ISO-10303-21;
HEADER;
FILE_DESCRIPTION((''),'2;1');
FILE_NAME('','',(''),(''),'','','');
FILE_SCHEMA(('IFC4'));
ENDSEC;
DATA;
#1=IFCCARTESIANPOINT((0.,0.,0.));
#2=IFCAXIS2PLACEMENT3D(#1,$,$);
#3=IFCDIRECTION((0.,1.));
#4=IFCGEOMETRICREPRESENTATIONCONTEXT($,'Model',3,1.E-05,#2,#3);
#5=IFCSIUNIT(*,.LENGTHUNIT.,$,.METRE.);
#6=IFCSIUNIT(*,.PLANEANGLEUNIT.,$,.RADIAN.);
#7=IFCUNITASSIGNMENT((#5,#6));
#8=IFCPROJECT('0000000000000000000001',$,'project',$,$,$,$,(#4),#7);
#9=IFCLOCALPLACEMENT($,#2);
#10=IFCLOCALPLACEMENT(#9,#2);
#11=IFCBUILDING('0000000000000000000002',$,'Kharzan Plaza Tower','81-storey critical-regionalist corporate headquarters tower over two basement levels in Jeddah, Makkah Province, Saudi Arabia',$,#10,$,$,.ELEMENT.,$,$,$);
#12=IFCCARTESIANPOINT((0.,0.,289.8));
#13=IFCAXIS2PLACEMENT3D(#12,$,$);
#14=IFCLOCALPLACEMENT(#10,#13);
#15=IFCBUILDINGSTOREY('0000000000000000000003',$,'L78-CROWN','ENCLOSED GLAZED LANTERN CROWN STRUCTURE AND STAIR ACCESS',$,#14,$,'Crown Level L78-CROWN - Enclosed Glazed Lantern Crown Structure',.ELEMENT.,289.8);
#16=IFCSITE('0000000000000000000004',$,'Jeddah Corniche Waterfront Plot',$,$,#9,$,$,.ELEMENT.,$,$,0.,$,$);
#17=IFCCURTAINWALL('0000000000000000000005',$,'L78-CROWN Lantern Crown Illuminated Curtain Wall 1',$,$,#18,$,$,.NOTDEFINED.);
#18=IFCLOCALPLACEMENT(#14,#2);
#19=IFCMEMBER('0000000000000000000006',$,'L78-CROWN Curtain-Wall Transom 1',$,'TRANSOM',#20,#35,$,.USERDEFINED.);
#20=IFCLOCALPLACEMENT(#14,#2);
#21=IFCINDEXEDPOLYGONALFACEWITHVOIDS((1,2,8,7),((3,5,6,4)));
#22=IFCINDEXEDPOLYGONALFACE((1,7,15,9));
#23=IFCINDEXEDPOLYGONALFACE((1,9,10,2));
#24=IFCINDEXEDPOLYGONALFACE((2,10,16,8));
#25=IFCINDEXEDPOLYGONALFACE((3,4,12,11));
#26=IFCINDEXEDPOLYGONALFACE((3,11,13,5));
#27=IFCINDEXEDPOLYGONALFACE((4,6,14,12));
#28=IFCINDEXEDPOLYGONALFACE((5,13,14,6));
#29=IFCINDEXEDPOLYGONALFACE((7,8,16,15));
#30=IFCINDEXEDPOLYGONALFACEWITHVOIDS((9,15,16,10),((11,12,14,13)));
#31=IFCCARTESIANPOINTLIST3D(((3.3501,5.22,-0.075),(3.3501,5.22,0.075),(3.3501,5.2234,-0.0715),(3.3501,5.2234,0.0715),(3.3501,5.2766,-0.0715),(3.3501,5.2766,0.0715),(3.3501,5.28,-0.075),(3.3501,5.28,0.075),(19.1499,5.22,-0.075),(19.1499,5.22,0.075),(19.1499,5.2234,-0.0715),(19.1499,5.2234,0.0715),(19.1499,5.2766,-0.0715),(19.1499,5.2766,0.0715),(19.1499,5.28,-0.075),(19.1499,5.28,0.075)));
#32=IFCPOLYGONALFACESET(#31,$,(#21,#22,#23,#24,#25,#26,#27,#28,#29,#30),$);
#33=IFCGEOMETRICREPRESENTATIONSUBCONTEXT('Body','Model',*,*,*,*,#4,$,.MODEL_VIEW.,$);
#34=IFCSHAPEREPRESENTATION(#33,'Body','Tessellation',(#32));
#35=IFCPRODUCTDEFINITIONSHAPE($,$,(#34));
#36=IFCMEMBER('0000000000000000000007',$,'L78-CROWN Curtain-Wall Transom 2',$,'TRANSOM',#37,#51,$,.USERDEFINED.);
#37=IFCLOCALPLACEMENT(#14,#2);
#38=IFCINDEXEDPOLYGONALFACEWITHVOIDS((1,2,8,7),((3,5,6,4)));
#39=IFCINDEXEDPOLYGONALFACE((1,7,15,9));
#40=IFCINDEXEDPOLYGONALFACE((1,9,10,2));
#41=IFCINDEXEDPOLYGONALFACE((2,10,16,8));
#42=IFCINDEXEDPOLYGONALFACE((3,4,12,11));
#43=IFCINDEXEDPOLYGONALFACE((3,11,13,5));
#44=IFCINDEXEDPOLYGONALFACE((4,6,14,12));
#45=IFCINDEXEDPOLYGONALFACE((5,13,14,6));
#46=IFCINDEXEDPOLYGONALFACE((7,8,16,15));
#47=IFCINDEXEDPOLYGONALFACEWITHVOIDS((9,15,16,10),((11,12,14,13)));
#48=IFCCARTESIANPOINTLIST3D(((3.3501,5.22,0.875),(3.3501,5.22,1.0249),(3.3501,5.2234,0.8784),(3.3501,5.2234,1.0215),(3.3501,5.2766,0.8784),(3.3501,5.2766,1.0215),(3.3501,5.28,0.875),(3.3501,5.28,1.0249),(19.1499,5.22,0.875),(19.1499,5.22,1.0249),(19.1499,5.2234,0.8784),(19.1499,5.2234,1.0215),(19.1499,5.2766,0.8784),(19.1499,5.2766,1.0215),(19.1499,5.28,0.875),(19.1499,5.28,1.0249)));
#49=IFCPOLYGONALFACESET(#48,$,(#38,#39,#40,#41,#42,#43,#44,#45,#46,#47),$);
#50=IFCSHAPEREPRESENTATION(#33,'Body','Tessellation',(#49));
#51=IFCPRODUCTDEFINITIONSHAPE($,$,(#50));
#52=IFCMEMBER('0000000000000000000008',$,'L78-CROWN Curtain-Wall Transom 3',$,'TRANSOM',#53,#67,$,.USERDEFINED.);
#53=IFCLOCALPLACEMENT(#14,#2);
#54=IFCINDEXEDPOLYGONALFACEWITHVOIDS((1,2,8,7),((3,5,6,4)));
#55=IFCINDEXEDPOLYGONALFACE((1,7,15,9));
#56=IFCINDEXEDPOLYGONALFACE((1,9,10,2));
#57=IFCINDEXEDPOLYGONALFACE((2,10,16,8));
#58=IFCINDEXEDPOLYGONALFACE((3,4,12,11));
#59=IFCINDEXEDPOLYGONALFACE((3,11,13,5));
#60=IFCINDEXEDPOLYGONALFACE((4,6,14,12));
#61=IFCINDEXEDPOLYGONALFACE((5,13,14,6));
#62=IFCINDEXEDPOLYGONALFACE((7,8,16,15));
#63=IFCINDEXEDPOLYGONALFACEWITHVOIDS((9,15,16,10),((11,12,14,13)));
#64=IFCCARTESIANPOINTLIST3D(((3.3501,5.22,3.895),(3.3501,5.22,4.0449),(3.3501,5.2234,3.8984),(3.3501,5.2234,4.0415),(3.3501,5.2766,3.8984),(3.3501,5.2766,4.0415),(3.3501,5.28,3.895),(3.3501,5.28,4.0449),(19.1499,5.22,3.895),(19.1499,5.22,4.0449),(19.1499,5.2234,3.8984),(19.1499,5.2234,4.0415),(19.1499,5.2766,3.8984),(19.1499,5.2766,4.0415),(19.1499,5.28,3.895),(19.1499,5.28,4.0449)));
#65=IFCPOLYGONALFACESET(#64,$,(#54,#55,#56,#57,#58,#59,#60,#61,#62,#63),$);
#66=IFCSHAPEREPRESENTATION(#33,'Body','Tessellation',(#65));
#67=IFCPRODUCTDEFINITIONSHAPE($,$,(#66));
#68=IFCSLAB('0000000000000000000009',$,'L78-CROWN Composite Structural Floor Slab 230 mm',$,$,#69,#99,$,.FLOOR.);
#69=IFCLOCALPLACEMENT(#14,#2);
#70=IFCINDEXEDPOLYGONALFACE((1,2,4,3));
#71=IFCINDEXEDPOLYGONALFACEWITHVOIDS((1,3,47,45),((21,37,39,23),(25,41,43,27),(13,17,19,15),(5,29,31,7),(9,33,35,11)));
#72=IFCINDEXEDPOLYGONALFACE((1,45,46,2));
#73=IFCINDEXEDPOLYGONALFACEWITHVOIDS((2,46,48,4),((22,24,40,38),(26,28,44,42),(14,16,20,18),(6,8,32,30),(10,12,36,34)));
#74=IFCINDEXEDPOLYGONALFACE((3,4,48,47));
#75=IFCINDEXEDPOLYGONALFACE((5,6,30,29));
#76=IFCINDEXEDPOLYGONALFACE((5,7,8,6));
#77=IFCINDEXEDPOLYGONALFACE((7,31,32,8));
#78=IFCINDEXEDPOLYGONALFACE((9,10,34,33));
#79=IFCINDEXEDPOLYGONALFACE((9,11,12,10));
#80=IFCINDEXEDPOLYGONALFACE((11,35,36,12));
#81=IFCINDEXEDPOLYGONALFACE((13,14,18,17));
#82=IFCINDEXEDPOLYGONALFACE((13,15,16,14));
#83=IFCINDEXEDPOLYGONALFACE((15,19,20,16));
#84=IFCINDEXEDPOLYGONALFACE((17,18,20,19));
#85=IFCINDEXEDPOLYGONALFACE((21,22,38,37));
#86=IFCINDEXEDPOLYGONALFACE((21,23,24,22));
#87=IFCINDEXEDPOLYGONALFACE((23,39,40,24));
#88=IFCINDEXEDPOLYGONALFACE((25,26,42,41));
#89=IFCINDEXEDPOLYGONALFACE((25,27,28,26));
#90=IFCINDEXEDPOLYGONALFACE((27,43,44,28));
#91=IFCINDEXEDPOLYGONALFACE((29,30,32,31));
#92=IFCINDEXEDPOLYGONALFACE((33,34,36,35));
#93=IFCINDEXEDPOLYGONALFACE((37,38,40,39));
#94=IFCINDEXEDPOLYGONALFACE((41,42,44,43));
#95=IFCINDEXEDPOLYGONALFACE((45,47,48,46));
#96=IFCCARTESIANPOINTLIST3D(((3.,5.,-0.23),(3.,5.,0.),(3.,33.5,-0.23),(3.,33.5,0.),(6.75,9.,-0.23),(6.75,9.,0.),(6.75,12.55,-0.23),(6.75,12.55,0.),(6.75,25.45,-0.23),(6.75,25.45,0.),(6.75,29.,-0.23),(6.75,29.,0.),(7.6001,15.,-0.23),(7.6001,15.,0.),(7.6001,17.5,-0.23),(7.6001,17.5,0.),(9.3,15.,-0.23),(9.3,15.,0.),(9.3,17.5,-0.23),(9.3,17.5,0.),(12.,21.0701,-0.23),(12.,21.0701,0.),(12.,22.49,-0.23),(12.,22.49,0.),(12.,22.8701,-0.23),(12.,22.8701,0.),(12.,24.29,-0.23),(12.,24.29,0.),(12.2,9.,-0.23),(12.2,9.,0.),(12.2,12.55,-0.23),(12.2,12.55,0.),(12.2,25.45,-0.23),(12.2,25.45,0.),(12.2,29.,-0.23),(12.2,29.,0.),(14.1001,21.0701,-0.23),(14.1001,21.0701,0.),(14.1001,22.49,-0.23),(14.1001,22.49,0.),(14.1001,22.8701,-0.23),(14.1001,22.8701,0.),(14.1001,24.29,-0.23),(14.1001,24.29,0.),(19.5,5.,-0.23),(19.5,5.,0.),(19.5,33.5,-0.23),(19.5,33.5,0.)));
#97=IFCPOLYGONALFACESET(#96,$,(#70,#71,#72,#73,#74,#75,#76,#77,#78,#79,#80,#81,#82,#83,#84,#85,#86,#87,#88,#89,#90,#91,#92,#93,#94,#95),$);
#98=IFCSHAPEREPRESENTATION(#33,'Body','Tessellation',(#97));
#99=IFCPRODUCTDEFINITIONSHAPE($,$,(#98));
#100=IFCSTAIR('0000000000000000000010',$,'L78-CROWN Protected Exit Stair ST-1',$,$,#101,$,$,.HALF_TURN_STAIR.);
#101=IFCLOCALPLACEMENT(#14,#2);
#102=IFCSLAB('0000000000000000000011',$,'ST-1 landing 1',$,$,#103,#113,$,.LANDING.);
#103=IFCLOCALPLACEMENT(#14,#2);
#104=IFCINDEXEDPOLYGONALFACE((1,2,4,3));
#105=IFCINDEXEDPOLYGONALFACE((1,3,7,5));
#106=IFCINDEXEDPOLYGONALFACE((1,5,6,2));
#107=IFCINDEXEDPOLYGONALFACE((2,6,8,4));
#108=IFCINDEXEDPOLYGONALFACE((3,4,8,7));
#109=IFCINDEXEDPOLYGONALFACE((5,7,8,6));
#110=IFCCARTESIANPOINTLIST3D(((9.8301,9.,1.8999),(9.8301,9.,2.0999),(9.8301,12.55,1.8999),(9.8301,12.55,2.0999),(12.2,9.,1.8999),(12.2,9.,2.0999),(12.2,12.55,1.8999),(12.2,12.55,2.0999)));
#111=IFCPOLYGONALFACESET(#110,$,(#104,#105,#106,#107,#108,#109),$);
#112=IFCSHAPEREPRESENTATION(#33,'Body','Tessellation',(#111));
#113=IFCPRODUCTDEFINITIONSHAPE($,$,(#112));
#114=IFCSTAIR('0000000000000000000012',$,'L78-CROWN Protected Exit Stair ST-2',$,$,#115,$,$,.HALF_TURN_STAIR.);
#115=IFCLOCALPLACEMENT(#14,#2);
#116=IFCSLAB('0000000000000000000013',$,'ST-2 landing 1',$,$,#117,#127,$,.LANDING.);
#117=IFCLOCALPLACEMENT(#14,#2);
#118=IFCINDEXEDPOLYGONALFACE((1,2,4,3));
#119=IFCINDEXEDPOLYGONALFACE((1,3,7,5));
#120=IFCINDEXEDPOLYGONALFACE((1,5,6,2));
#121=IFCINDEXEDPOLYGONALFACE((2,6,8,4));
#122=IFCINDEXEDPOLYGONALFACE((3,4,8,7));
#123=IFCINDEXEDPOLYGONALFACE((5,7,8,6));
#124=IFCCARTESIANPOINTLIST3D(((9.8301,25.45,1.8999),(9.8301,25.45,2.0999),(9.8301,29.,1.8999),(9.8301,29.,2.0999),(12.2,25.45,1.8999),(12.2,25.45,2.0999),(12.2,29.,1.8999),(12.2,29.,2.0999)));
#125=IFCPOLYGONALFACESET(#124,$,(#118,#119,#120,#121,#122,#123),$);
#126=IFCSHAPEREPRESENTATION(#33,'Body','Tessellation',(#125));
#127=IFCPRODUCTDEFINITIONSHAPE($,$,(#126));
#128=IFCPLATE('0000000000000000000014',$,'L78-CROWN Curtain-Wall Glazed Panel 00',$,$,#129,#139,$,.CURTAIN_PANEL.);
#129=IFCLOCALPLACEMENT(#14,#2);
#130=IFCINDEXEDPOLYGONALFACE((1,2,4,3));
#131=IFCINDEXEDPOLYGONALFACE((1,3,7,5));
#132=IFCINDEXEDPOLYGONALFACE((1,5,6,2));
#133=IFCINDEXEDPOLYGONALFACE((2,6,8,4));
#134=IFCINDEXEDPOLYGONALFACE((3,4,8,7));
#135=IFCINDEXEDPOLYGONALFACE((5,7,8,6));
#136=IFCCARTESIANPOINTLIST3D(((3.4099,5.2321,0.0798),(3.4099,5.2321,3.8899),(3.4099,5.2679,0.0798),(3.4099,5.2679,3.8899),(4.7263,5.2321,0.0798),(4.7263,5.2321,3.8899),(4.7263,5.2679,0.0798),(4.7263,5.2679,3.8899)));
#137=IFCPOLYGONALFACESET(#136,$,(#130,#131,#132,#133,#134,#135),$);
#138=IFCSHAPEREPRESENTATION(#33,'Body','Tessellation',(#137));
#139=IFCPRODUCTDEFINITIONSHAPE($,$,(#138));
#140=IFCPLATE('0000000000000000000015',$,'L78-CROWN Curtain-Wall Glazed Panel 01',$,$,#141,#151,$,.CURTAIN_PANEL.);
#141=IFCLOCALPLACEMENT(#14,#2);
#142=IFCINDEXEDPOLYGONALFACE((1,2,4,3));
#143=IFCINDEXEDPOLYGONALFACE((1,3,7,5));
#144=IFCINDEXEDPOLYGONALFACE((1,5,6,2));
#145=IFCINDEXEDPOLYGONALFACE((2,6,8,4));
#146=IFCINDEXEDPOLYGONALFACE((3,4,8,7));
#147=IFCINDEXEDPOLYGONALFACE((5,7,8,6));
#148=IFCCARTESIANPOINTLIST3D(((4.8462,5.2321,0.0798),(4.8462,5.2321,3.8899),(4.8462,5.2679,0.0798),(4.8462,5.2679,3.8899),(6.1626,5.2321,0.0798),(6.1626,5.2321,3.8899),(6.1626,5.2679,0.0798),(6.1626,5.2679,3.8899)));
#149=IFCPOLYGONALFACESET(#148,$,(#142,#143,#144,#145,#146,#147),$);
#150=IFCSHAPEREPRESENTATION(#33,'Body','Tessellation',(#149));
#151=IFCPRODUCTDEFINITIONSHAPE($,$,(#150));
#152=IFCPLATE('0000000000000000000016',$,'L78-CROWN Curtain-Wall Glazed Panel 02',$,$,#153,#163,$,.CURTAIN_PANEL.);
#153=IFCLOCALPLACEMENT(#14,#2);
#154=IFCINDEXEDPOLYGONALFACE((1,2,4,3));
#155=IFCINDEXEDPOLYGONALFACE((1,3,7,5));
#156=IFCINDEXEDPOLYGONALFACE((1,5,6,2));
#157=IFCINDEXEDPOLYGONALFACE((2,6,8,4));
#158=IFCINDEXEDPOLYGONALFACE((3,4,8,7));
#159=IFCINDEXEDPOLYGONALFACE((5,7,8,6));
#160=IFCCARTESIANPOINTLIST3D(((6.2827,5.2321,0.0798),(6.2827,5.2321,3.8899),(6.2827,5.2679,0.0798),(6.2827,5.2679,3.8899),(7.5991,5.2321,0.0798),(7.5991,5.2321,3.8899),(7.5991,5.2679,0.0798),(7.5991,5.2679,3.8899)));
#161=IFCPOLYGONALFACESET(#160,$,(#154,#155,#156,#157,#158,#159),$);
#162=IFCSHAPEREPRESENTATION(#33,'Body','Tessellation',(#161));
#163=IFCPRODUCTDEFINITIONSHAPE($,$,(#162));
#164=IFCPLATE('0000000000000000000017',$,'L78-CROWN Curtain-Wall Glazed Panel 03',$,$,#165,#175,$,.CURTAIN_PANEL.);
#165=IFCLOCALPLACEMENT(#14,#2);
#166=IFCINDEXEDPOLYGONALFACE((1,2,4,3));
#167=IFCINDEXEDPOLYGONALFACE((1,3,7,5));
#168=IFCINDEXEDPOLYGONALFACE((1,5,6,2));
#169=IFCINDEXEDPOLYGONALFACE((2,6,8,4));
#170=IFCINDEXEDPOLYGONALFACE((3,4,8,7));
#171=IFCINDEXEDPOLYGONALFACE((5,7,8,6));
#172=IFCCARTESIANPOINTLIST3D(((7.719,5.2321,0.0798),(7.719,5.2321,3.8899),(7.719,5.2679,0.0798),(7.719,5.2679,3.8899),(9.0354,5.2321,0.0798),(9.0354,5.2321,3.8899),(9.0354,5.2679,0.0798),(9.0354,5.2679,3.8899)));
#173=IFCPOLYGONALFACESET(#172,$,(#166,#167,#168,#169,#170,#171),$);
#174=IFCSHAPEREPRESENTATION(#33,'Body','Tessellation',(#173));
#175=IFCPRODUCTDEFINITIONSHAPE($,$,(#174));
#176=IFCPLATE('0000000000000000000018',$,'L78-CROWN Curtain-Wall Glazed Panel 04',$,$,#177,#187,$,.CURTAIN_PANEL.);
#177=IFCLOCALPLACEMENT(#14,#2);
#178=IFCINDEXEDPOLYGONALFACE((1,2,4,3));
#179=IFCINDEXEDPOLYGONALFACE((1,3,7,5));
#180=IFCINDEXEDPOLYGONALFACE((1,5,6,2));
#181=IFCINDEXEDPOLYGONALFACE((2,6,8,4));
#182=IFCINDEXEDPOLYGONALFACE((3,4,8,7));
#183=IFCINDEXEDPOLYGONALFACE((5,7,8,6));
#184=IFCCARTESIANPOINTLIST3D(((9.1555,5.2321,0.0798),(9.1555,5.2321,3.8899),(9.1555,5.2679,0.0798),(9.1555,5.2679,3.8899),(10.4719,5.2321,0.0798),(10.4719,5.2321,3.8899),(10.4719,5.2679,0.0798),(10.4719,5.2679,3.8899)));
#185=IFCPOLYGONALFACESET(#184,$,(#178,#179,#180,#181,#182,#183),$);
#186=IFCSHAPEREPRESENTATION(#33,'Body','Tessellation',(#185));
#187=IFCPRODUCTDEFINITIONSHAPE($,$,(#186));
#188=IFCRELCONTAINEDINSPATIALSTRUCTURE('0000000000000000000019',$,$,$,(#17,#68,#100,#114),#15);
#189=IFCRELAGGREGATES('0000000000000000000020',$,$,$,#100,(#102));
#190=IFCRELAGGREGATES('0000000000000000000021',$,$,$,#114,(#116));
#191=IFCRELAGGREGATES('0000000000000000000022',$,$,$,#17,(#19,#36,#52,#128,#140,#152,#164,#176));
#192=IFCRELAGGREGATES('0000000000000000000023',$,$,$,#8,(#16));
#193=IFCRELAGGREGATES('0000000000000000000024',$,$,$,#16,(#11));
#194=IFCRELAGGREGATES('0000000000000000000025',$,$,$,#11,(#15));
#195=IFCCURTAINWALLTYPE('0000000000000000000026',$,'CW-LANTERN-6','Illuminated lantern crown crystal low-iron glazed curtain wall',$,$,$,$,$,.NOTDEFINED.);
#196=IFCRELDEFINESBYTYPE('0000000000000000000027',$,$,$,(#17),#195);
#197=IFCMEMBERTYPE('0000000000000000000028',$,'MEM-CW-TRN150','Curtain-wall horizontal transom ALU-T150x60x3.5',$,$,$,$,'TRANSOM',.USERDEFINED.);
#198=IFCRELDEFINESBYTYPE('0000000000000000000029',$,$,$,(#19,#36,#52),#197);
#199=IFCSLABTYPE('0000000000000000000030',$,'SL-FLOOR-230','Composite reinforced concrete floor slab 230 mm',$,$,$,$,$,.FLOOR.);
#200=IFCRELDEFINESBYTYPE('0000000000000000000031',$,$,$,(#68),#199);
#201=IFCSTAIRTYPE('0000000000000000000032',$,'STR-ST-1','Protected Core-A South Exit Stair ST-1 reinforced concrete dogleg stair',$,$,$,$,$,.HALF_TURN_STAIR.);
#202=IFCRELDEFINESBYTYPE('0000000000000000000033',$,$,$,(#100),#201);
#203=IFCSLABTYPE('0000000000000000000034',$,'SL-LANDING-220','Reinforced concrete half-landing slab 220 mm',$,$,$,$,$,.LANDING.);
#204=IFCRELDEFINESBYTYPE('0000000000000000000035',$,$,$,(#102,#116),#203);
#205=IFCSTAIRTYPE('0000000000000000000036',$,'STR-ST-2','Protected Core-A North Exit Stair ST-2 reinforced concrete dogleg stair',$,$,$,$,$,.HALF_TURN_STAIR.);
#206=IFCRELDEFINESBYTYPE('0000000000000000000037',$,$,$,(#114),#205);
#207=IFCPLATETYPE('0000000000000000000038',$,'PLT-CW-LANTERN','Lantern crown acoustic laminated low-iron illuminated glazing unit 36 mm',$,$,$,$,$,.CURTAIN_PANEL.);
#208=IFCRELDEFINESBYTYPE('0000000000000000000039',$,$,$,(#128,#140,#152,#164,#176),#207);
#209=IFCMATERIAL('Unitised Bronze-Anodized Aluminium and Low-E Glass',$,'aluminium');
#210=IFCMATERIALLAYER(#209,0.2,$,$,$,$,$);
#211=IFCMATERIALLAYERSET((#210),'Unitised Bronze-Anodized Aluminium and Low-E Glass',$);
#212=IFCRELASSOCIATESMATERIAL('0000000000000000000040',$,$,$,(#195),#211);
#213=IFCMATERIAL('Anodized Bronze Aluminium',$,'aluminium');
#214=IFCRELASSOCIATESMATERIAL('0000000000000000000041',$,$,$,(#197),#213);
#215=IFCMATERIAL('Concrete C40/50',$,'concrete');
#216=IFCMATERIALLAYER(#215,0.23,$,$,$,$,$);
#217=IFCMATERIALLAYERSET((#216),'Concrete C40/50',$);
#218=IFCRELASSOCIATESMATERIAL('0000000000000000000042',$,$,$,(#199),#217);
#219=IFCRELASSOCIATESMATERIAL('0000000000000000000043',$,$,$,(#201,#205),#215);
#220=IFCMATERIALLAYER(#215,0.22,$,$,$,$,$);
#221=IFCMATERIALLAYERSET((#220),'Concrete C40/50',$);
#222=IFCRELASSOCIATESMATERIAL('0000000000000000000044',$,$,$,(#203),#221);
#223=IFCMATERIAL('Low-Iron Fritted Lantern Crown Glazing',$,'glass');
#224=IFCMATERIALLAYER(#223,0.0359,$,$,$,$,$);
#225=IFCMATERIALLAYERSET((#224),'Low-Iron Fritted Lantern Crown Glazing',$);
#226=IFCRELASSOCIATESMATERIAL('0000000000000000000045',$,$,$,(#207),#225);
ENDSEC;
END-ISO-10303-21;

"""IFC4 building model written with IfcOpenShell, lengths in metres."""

from ifc_helpers import new_model, si_unit, direction, frame, origin, origin_2d, place, context, subcontext, project, spatial, polyline, rectangle, hollow_rectangle, outline, extrude, source, transform, mapped, material, layer, layer_set, material_profile, profile_set, type_object, element, aggregate, save


model = new_model("IFC4")

# Units and contexts
model_context = context("Model", 3, precision=1e-05, world=origin(), true_north=direction((0.0, 1.0)))
body_context = subcontext(model_context, "Body", "Model", "MODEL_VIEW")
ifc_project = project(units=[si_unit("LENGTHUNIT", "METRE"), si_unit("PLANEANGLEUNIT", "RADIAN")], contexts=[model_context])

# Site, building, storey
site_placement = place(None, origin())
site = spatial("IfcSite", under=ifc_project, at=site_placement, Name="Jeddah Corniche Waterfront Plot", CompositionType="ELEMENT", RefElevation=0.0)
building_placement = place(site_placement, origin())
building = spatial("IfcBuilding", under=site, at=building_placement, Name="Kharzan Plaza Tower", Description="81-storey critical-regionalist corporate headquarters tower over two basement levels in Jeddah, Makkah Province, Saudi Arabia", CompositionType="ELEMENT")
storey_placement = place(building_placement, frame((0.0, 0.0, 289.8)))
storey = spatial("IfcBuildingStorey", under=building, at=storey_placement, Name="L78-CROWN", Description="ENCLOSED GLAZED LANTERN CROWN STRUCTURE AND STAIR ACCESS", LongName="Crown Level L78-CROWN - Enclosed Glazed Lantern Crown Structure", CompositionType="ELEMENT", Elevation=289.8)

# Curtain wall
ifc_material_1 = material(Name="Unitised Bronze-Anodized Aluminium and Low-E Glass", Category="aluminium")
ifc_layer_1 = layer(ifc_material_1, 0.2)
ifc_layer_set_1 = layer_set([ifc_layer_1], Name="Unitised Bronze-Anodized Aluminium and Low-E Glass")
curtain_wall_type = type_object("IfcCurtainWallType", Name="CW-LANTERN-6", Description="Illuminated lantern crown crystal low-iron glazed curtain wall", PredefinedType="NOTDEFINED", material=ifc_layer_set_1)
curtain_wall_1_placement = place(storey_placement, origin())
curtain_wall_1 = element("IfcCurtainWall", 1, at=curtain_wall_1_placement, inside=storey, type_object=curtain_wall_type, Name="L78-CROWN Lantern Crown Illuminated Curtain Wall 1", PredefinedType="NOTDEFINED")
ifc_material_2 = material(Name="Anodized Bronze Aluminium", Category="aluminium")

# Members
ifc_material_profile_1 = material_profile(ifc_material_2, hollow_rectangle(XDim=0.0601, YDim=0.1499, WallThickness=0.0034, at=origin_2d()), Name="ALU-T150x60x3.5")
ifc_profile_set_1 = profile_set([ifc_material_profile_1], Name="Anodized Bronze Aluminium")
member_type_1 = type_object("IfcMemberType", Name="MEM-CW-TRN150", Description="Curtain-wall horizontal transom ALU-T150x60x3.5", ElementType="TRANSOM", PredefinedType="USERDEFINED", material=ifc_profile_set_1)
shared_shape_1 = source(origin(), body_context, "Body", "SweptSolid", [
    extrude(hollow_rectangle(XDim=0.0601, YDim=0.1499, WallThickness=0.0034, at=origin_2d()), origin(), (0.0, 0.0, 1.0), 15.7998),
])
member_1_placement = place(storey_placement, frame((3.3501, 5.25, 0.0), z_axis=(1.0, 0.0, 0.0), x_axis=(0.0, 1.0, 0.0)))
member_1 = element("IfcMember", 2, at=member_1_placement, type_object=member_type_1, Name="L78-CROWN Curtain-Wall Transom 1", ObjectType="TRANSOM", PredefinedType="USERDEFINED", context=body_context, shape_type="MappedRepresentation", body=[
    mapped(shared_shape_1, transform((0.0, 0.0, 0.0), x_axis=(1.0, 0.0, 0.0), y_axis=(0.0, 1.0, 0.0), z_axis=(0.0, 0.0, 1.0))),
])
member_2_placement = place(storey_placement, frame((3.3501, 5.25, 0.95), z_axis=(1.0, 0.0, 0.0), x_axis=(0.0, 1.0, 0.0)))
member_2 = element("IfcMember", 3, at=member_2_placement, type_object=member_type_1, Name="L78-CROWN Curtain-Wall Transom 2", ObjectType="TRANSOM", PredefinedType="USERDEFINED", context=body_context, shape_type="MappedRepresentation", body=[
    mapped(shared_shape_1, transform((0.0, 0.0, 0.0), x_axis=(1.0, 0.0, 0.0), y_axis=(0.0, 1.0, 0.0), z_axis=(0.0, 0.0, 1.0))),
])
member_3_placement = place(storey_placement, frame((3.3501, 5.25, 3.97), z_axis=(1.0, 0.0, 0.0), x_axis=(0.0, 1.0, 0.0)))
member_3 = element("IfcMember", 4, at=member_3_placement, type_object=member_type_1, Name="L78-CROWN Curtain-Wall Transom 3", ObjectType="TRANSOM", PredefinedType="USERDEFINED", context=body_context, shape_type="MappedRepresentation", body=[
    mapped(shared_shape_1, transform((0.0, 0.0, 0.0), x_axis=(1.0, 0.0, 0.0), y_axis=(0.0, 1.0, 0.0), z_axis=(0.0, 0.0, 1.0))),
])

# Slab
ifc_material_3 = material(Name="Concrete C40/50", Category="concrete")
ifc_layer_2 = layer(ifc_material_3, 0.23)
ifc_layer_set_2 = layer_set([ifc_layer_2], Name="Concrete C40/50")
slab_type_1 = type_object("IfcSlabType", Name="SL-FLOOR-230", Description="Composite reinforced concrete floor slab 230 mm", PredefinedType="FLOOR", material=ifc_layer_set_2)
slab_1_placement = place(storey_placement, frame((0.0, 0.0, -0.23)))
element("IfcSlab", 5, at=slab_1_placement, inside=storey, type_object=slab_type_1, Name="L78-CROWN Composite Structural Floor Slab 230 mm", PredefinedType="FLOOR", context=body_context, shape_type="SweptSolid", body=[
    extrude(outline(polyline([(3.0, 5.0), (19.5, 5.0), (19.5, 33.5), (3.0, 33.5), (3.0, 5.0)]), holes=[polyline([(6.75, 12.55), (6.75, 9.0), (12.2, 9.0), (12.2, 12.55), (6.75, 12.55)]), polyline([(7.6001, 17.5), (7.6001, 15.0), (9.3, 15.0), (9.3, 17.5), (7.6001, 17.5)]), polyline([(12.0, 22.49), (12.0, 21.0701), (14.1001, 21.0701), (14.1001, 22.49), (12.0, 22.49)]), polyline([(14.1001, 24.29), (12.0, 24.29), (12.0, 22.8701), (14.1001, 22.8701), (14.1001, 24.29)]), polyline([(12.2, 29.0), (6.75, 29.0), (6.75, 25.45), (12.2, 25.45), (12.2, 29.0)])]), origin(), (0.0, 0.0, 1.0), 0.23),
])

# Stairs, slabs
stair_type_1 = type_object("IfcStairType", Name="STR-ST-1", Description="Protected Core-A South Exit Stair ST-1 reinforced concrete dogleg stair", PredefinedType="HALF_TURN_STAIR", material=ifc_material_3)
stair_1_placement = place(storey_placement, origin())
stair_1 = element("IfcStair", 6, at=stair_1_placement, inside=storey, type_object=stair_type_1, Name="L78-CROWN Protected Exit Stair ST-1", PredefinedType="HALF_TURN_STAIR")
ifc_layer_3 = layer(ifc_material_3, 0.22)
ifc_layer_set_3 = layer_set([ifc_layer_3], Name="Concrete C40/50")
slab_type_2 = type_object("IfcSlabType", Name="SL-LANDING-220", Description="Reinforced concrete half-landing slab 220 mm", PredefinedType="LANDING", material=ifc_layer_set_3)
slab_2_placement = place(storey_placement, frame((0.0, 0.0, 1.8999)))
slab_2 = element("IfcSlab", 7, at=slab_2_placement, type_object=slab_type_2, Name="ST-1 landing 1", PredefinedType="LANDING", context=body_context, shape_type="SweptSolid", body=[
    extrude(outline(polyline([(9.8301, 9.0), (12.2, 9.0), (12.2, 12.55), (9.8301, 12.55), (9.8301, 9.0)])), origin(), (0.0, 0.0, 1.0), 0.2),
])
aggregate(stair_1, [slab_2])
stair_type_2 = type_object("IfcStairType", Name="STR-ST-2", Description="Protected Core-A North Exit Stair ST-2 reinforced concrete dogleg stair", PredefinedType="HALF_TURN_STAIR", material=ifc_material_3)
stair_2_placement = place(storey_placement, origin())
stair_2 = element("IfcStair", 8, at=stair_2_placement, inside=storey, type_object=stair_type_2, Name="L78-CROWN Protected Exit Stair ST-2", PredefinedType="HALF_TURN_STAIR")
slab_3_placement = place(storey_placement, frame((0.0, 0.0, 1.8999)))
slab_3 = element("IfcSlab", 9, at=slab_3_placement, type_object=slab_type_2, Name="ST-2 landing 1", PredefinedType="LANDING", context=body_context, shape_type="SweptSolid", body=[
    extrude(outline(polyline([(9.8301, 25.45), (12.2, 25.45), (12.2, 29.0), (9.8301, 29.0), (9.8301, 25.45)])), origin(), (0.0, 0.0, 1.0), 0.2),
])
aggregate(stair_2, [slab_3])

# Plates
ifc_material_4 = material(Name="Low-Iron Fritted Lantern Crown Glazing", Category="glass")
ifc_layer_4 = layer(ifc_material_4, 0.0359)
ifc_layer_set_4 = layer_set([ifc_layer_4], Name="Low-Iron Fritted Lantern Crown Glazing")
plate_type = type_object("IfcPlateType", Name="PLT-CW-LANTERN", Description="Lantern crown acoustic laminated low-iron illuminated glazing unit 36 mm", PredefinedType="CURTAIN_PANEL", material=ifc_layer_set_4)
shared_shape_2 = source(origin(), body_context, "Body", "SweptSolid", [
    extrude(rectangle(XDim=1.3164, YDim=0.0359, at=origin_2d()), origin(), (0.0, 0.0, 1.0), 3.8101),
])
plate_1_placement = place(storey_placement, frame((4.0681, 5.25, 0.0798), z_axis=(0.0, 0.0, 1.0), x_axis=(1.0, 0.0, 0.0)))
plate_1 = element("IfcPlate", 10, at=plate_1_placement, type_object=plate_type, Name="L78-CROWN Curtain-Wall Glazed Panel 00", PredefinedType="CURTAIN_PANEL", context=body_context, shape_type="MappedRepresentation", body=[
    mapped(shared_shape_2, transform((0.0, 0.0, 0.0), x_axis=(1.0, 0.0, 0.0), y_axis=(0.0, 1.0, 0.0), z_axis=(0.0, 0.0, 1.0))),
])
plate_2_placement = place(storey_placement, frame((5.5044, 5.25, 0.0798), z_axis=(0.0, 0.0, 1.0), x_axis=(1.0, 0.0, 0.0)))
plate_2 = element("IfcPlate", 11, at=plate_2_placement, type_object=plate_type, Name="L78-CROWN Curtain-Wall Glazed Panel 01", PredefinedType="CURTAIN_PANEL", context=body_context, shape_type="MappedRepresentation", body=[
    mapped(shared_shape_2, transform((0.0, 0.0, 0.0), x_axis=(1.0, 0.0, 0.0), y_axis=(0.0, 1.0, 0.0), z_axis=(0.0, 0.0, 1.0))),
])
plate_3_placement = place(storey_placement, frame((6.9409, 5.25, 0.0798), z_axis=(0.0, 0.0, 1.0), x_axis=(1.0, 0.0, 0.0)))
plate_3 = element("IfcPlate", 12, at=plate_3_placement, type_object=plate_type, Name="L78-CROWN Curtain-Wall Glazed Panel 02", PredefinedType="CURTAIN_PANEL", context=body_context, shape_type="MappedRepresentation", body=[
    mapped(shared_shape_2, transform((0.0, 0.0, 0.0), x_axis=(1.0, 0.0, 0.0), y_axis=(0.0, 1.0, 0.0), z_axis=(0.0, 0.0, 1.0))),
])
plate_4_placement = place(storey_placement, frame((8.3772, 5.25, 0.0798), z_axis=(0.0, 0.0, 1.0), x_axis=(1.0, 0.0, 0.0)))
plate_4 = element("IfcPlate", 13, at=plate_4_placement, type_object=plate_type, Name="L78-CROWN Curtain-Wall Glazed Panel 03", PredefinedType="CURTAIN_PANEL", context=body_context, shape_type="MappedRepresentation", body=[
    mapped(shared_shape_2, transform((0.0, 0.0, 0.0), x_axis=(1.0, 0.0, 0.0), y_axis=(0.0, 1.0, 0.0), z_axis=(0.0, 0.0, 1.0))),
])
plate_5_placement = place(storey_placement, frame((9.8137, 5.25, 0.0798), z_axis=(0.0, 0.0, 1.0), x_axis=(1.0, 0.0, 0.0)))
plate_5 = element("IfcPlate", 14, at=plate_5_placement, type_object=plate_type, Name="L78-CROWN Curtain-Wall Glazed Panel 04", PredefinedType="CURTAIN_PANEL", context=body_context, shape_type="MappedRepresentation", body=[
    mapped(shared_shape_2, transform((0.0, 0.0, 0.0), x_axis=(1.0, 0.0, 0.0), y_axis=(0.0, 1.0, 0.0), z_axis=(0.0, 0.0, 1.0))),
])
aggregate(curtain_wall_1, [member_1, member_2, member_3, plate_1, plate_2, plate_3, plate_4, plate_5])

save(model, "model.ifc")
